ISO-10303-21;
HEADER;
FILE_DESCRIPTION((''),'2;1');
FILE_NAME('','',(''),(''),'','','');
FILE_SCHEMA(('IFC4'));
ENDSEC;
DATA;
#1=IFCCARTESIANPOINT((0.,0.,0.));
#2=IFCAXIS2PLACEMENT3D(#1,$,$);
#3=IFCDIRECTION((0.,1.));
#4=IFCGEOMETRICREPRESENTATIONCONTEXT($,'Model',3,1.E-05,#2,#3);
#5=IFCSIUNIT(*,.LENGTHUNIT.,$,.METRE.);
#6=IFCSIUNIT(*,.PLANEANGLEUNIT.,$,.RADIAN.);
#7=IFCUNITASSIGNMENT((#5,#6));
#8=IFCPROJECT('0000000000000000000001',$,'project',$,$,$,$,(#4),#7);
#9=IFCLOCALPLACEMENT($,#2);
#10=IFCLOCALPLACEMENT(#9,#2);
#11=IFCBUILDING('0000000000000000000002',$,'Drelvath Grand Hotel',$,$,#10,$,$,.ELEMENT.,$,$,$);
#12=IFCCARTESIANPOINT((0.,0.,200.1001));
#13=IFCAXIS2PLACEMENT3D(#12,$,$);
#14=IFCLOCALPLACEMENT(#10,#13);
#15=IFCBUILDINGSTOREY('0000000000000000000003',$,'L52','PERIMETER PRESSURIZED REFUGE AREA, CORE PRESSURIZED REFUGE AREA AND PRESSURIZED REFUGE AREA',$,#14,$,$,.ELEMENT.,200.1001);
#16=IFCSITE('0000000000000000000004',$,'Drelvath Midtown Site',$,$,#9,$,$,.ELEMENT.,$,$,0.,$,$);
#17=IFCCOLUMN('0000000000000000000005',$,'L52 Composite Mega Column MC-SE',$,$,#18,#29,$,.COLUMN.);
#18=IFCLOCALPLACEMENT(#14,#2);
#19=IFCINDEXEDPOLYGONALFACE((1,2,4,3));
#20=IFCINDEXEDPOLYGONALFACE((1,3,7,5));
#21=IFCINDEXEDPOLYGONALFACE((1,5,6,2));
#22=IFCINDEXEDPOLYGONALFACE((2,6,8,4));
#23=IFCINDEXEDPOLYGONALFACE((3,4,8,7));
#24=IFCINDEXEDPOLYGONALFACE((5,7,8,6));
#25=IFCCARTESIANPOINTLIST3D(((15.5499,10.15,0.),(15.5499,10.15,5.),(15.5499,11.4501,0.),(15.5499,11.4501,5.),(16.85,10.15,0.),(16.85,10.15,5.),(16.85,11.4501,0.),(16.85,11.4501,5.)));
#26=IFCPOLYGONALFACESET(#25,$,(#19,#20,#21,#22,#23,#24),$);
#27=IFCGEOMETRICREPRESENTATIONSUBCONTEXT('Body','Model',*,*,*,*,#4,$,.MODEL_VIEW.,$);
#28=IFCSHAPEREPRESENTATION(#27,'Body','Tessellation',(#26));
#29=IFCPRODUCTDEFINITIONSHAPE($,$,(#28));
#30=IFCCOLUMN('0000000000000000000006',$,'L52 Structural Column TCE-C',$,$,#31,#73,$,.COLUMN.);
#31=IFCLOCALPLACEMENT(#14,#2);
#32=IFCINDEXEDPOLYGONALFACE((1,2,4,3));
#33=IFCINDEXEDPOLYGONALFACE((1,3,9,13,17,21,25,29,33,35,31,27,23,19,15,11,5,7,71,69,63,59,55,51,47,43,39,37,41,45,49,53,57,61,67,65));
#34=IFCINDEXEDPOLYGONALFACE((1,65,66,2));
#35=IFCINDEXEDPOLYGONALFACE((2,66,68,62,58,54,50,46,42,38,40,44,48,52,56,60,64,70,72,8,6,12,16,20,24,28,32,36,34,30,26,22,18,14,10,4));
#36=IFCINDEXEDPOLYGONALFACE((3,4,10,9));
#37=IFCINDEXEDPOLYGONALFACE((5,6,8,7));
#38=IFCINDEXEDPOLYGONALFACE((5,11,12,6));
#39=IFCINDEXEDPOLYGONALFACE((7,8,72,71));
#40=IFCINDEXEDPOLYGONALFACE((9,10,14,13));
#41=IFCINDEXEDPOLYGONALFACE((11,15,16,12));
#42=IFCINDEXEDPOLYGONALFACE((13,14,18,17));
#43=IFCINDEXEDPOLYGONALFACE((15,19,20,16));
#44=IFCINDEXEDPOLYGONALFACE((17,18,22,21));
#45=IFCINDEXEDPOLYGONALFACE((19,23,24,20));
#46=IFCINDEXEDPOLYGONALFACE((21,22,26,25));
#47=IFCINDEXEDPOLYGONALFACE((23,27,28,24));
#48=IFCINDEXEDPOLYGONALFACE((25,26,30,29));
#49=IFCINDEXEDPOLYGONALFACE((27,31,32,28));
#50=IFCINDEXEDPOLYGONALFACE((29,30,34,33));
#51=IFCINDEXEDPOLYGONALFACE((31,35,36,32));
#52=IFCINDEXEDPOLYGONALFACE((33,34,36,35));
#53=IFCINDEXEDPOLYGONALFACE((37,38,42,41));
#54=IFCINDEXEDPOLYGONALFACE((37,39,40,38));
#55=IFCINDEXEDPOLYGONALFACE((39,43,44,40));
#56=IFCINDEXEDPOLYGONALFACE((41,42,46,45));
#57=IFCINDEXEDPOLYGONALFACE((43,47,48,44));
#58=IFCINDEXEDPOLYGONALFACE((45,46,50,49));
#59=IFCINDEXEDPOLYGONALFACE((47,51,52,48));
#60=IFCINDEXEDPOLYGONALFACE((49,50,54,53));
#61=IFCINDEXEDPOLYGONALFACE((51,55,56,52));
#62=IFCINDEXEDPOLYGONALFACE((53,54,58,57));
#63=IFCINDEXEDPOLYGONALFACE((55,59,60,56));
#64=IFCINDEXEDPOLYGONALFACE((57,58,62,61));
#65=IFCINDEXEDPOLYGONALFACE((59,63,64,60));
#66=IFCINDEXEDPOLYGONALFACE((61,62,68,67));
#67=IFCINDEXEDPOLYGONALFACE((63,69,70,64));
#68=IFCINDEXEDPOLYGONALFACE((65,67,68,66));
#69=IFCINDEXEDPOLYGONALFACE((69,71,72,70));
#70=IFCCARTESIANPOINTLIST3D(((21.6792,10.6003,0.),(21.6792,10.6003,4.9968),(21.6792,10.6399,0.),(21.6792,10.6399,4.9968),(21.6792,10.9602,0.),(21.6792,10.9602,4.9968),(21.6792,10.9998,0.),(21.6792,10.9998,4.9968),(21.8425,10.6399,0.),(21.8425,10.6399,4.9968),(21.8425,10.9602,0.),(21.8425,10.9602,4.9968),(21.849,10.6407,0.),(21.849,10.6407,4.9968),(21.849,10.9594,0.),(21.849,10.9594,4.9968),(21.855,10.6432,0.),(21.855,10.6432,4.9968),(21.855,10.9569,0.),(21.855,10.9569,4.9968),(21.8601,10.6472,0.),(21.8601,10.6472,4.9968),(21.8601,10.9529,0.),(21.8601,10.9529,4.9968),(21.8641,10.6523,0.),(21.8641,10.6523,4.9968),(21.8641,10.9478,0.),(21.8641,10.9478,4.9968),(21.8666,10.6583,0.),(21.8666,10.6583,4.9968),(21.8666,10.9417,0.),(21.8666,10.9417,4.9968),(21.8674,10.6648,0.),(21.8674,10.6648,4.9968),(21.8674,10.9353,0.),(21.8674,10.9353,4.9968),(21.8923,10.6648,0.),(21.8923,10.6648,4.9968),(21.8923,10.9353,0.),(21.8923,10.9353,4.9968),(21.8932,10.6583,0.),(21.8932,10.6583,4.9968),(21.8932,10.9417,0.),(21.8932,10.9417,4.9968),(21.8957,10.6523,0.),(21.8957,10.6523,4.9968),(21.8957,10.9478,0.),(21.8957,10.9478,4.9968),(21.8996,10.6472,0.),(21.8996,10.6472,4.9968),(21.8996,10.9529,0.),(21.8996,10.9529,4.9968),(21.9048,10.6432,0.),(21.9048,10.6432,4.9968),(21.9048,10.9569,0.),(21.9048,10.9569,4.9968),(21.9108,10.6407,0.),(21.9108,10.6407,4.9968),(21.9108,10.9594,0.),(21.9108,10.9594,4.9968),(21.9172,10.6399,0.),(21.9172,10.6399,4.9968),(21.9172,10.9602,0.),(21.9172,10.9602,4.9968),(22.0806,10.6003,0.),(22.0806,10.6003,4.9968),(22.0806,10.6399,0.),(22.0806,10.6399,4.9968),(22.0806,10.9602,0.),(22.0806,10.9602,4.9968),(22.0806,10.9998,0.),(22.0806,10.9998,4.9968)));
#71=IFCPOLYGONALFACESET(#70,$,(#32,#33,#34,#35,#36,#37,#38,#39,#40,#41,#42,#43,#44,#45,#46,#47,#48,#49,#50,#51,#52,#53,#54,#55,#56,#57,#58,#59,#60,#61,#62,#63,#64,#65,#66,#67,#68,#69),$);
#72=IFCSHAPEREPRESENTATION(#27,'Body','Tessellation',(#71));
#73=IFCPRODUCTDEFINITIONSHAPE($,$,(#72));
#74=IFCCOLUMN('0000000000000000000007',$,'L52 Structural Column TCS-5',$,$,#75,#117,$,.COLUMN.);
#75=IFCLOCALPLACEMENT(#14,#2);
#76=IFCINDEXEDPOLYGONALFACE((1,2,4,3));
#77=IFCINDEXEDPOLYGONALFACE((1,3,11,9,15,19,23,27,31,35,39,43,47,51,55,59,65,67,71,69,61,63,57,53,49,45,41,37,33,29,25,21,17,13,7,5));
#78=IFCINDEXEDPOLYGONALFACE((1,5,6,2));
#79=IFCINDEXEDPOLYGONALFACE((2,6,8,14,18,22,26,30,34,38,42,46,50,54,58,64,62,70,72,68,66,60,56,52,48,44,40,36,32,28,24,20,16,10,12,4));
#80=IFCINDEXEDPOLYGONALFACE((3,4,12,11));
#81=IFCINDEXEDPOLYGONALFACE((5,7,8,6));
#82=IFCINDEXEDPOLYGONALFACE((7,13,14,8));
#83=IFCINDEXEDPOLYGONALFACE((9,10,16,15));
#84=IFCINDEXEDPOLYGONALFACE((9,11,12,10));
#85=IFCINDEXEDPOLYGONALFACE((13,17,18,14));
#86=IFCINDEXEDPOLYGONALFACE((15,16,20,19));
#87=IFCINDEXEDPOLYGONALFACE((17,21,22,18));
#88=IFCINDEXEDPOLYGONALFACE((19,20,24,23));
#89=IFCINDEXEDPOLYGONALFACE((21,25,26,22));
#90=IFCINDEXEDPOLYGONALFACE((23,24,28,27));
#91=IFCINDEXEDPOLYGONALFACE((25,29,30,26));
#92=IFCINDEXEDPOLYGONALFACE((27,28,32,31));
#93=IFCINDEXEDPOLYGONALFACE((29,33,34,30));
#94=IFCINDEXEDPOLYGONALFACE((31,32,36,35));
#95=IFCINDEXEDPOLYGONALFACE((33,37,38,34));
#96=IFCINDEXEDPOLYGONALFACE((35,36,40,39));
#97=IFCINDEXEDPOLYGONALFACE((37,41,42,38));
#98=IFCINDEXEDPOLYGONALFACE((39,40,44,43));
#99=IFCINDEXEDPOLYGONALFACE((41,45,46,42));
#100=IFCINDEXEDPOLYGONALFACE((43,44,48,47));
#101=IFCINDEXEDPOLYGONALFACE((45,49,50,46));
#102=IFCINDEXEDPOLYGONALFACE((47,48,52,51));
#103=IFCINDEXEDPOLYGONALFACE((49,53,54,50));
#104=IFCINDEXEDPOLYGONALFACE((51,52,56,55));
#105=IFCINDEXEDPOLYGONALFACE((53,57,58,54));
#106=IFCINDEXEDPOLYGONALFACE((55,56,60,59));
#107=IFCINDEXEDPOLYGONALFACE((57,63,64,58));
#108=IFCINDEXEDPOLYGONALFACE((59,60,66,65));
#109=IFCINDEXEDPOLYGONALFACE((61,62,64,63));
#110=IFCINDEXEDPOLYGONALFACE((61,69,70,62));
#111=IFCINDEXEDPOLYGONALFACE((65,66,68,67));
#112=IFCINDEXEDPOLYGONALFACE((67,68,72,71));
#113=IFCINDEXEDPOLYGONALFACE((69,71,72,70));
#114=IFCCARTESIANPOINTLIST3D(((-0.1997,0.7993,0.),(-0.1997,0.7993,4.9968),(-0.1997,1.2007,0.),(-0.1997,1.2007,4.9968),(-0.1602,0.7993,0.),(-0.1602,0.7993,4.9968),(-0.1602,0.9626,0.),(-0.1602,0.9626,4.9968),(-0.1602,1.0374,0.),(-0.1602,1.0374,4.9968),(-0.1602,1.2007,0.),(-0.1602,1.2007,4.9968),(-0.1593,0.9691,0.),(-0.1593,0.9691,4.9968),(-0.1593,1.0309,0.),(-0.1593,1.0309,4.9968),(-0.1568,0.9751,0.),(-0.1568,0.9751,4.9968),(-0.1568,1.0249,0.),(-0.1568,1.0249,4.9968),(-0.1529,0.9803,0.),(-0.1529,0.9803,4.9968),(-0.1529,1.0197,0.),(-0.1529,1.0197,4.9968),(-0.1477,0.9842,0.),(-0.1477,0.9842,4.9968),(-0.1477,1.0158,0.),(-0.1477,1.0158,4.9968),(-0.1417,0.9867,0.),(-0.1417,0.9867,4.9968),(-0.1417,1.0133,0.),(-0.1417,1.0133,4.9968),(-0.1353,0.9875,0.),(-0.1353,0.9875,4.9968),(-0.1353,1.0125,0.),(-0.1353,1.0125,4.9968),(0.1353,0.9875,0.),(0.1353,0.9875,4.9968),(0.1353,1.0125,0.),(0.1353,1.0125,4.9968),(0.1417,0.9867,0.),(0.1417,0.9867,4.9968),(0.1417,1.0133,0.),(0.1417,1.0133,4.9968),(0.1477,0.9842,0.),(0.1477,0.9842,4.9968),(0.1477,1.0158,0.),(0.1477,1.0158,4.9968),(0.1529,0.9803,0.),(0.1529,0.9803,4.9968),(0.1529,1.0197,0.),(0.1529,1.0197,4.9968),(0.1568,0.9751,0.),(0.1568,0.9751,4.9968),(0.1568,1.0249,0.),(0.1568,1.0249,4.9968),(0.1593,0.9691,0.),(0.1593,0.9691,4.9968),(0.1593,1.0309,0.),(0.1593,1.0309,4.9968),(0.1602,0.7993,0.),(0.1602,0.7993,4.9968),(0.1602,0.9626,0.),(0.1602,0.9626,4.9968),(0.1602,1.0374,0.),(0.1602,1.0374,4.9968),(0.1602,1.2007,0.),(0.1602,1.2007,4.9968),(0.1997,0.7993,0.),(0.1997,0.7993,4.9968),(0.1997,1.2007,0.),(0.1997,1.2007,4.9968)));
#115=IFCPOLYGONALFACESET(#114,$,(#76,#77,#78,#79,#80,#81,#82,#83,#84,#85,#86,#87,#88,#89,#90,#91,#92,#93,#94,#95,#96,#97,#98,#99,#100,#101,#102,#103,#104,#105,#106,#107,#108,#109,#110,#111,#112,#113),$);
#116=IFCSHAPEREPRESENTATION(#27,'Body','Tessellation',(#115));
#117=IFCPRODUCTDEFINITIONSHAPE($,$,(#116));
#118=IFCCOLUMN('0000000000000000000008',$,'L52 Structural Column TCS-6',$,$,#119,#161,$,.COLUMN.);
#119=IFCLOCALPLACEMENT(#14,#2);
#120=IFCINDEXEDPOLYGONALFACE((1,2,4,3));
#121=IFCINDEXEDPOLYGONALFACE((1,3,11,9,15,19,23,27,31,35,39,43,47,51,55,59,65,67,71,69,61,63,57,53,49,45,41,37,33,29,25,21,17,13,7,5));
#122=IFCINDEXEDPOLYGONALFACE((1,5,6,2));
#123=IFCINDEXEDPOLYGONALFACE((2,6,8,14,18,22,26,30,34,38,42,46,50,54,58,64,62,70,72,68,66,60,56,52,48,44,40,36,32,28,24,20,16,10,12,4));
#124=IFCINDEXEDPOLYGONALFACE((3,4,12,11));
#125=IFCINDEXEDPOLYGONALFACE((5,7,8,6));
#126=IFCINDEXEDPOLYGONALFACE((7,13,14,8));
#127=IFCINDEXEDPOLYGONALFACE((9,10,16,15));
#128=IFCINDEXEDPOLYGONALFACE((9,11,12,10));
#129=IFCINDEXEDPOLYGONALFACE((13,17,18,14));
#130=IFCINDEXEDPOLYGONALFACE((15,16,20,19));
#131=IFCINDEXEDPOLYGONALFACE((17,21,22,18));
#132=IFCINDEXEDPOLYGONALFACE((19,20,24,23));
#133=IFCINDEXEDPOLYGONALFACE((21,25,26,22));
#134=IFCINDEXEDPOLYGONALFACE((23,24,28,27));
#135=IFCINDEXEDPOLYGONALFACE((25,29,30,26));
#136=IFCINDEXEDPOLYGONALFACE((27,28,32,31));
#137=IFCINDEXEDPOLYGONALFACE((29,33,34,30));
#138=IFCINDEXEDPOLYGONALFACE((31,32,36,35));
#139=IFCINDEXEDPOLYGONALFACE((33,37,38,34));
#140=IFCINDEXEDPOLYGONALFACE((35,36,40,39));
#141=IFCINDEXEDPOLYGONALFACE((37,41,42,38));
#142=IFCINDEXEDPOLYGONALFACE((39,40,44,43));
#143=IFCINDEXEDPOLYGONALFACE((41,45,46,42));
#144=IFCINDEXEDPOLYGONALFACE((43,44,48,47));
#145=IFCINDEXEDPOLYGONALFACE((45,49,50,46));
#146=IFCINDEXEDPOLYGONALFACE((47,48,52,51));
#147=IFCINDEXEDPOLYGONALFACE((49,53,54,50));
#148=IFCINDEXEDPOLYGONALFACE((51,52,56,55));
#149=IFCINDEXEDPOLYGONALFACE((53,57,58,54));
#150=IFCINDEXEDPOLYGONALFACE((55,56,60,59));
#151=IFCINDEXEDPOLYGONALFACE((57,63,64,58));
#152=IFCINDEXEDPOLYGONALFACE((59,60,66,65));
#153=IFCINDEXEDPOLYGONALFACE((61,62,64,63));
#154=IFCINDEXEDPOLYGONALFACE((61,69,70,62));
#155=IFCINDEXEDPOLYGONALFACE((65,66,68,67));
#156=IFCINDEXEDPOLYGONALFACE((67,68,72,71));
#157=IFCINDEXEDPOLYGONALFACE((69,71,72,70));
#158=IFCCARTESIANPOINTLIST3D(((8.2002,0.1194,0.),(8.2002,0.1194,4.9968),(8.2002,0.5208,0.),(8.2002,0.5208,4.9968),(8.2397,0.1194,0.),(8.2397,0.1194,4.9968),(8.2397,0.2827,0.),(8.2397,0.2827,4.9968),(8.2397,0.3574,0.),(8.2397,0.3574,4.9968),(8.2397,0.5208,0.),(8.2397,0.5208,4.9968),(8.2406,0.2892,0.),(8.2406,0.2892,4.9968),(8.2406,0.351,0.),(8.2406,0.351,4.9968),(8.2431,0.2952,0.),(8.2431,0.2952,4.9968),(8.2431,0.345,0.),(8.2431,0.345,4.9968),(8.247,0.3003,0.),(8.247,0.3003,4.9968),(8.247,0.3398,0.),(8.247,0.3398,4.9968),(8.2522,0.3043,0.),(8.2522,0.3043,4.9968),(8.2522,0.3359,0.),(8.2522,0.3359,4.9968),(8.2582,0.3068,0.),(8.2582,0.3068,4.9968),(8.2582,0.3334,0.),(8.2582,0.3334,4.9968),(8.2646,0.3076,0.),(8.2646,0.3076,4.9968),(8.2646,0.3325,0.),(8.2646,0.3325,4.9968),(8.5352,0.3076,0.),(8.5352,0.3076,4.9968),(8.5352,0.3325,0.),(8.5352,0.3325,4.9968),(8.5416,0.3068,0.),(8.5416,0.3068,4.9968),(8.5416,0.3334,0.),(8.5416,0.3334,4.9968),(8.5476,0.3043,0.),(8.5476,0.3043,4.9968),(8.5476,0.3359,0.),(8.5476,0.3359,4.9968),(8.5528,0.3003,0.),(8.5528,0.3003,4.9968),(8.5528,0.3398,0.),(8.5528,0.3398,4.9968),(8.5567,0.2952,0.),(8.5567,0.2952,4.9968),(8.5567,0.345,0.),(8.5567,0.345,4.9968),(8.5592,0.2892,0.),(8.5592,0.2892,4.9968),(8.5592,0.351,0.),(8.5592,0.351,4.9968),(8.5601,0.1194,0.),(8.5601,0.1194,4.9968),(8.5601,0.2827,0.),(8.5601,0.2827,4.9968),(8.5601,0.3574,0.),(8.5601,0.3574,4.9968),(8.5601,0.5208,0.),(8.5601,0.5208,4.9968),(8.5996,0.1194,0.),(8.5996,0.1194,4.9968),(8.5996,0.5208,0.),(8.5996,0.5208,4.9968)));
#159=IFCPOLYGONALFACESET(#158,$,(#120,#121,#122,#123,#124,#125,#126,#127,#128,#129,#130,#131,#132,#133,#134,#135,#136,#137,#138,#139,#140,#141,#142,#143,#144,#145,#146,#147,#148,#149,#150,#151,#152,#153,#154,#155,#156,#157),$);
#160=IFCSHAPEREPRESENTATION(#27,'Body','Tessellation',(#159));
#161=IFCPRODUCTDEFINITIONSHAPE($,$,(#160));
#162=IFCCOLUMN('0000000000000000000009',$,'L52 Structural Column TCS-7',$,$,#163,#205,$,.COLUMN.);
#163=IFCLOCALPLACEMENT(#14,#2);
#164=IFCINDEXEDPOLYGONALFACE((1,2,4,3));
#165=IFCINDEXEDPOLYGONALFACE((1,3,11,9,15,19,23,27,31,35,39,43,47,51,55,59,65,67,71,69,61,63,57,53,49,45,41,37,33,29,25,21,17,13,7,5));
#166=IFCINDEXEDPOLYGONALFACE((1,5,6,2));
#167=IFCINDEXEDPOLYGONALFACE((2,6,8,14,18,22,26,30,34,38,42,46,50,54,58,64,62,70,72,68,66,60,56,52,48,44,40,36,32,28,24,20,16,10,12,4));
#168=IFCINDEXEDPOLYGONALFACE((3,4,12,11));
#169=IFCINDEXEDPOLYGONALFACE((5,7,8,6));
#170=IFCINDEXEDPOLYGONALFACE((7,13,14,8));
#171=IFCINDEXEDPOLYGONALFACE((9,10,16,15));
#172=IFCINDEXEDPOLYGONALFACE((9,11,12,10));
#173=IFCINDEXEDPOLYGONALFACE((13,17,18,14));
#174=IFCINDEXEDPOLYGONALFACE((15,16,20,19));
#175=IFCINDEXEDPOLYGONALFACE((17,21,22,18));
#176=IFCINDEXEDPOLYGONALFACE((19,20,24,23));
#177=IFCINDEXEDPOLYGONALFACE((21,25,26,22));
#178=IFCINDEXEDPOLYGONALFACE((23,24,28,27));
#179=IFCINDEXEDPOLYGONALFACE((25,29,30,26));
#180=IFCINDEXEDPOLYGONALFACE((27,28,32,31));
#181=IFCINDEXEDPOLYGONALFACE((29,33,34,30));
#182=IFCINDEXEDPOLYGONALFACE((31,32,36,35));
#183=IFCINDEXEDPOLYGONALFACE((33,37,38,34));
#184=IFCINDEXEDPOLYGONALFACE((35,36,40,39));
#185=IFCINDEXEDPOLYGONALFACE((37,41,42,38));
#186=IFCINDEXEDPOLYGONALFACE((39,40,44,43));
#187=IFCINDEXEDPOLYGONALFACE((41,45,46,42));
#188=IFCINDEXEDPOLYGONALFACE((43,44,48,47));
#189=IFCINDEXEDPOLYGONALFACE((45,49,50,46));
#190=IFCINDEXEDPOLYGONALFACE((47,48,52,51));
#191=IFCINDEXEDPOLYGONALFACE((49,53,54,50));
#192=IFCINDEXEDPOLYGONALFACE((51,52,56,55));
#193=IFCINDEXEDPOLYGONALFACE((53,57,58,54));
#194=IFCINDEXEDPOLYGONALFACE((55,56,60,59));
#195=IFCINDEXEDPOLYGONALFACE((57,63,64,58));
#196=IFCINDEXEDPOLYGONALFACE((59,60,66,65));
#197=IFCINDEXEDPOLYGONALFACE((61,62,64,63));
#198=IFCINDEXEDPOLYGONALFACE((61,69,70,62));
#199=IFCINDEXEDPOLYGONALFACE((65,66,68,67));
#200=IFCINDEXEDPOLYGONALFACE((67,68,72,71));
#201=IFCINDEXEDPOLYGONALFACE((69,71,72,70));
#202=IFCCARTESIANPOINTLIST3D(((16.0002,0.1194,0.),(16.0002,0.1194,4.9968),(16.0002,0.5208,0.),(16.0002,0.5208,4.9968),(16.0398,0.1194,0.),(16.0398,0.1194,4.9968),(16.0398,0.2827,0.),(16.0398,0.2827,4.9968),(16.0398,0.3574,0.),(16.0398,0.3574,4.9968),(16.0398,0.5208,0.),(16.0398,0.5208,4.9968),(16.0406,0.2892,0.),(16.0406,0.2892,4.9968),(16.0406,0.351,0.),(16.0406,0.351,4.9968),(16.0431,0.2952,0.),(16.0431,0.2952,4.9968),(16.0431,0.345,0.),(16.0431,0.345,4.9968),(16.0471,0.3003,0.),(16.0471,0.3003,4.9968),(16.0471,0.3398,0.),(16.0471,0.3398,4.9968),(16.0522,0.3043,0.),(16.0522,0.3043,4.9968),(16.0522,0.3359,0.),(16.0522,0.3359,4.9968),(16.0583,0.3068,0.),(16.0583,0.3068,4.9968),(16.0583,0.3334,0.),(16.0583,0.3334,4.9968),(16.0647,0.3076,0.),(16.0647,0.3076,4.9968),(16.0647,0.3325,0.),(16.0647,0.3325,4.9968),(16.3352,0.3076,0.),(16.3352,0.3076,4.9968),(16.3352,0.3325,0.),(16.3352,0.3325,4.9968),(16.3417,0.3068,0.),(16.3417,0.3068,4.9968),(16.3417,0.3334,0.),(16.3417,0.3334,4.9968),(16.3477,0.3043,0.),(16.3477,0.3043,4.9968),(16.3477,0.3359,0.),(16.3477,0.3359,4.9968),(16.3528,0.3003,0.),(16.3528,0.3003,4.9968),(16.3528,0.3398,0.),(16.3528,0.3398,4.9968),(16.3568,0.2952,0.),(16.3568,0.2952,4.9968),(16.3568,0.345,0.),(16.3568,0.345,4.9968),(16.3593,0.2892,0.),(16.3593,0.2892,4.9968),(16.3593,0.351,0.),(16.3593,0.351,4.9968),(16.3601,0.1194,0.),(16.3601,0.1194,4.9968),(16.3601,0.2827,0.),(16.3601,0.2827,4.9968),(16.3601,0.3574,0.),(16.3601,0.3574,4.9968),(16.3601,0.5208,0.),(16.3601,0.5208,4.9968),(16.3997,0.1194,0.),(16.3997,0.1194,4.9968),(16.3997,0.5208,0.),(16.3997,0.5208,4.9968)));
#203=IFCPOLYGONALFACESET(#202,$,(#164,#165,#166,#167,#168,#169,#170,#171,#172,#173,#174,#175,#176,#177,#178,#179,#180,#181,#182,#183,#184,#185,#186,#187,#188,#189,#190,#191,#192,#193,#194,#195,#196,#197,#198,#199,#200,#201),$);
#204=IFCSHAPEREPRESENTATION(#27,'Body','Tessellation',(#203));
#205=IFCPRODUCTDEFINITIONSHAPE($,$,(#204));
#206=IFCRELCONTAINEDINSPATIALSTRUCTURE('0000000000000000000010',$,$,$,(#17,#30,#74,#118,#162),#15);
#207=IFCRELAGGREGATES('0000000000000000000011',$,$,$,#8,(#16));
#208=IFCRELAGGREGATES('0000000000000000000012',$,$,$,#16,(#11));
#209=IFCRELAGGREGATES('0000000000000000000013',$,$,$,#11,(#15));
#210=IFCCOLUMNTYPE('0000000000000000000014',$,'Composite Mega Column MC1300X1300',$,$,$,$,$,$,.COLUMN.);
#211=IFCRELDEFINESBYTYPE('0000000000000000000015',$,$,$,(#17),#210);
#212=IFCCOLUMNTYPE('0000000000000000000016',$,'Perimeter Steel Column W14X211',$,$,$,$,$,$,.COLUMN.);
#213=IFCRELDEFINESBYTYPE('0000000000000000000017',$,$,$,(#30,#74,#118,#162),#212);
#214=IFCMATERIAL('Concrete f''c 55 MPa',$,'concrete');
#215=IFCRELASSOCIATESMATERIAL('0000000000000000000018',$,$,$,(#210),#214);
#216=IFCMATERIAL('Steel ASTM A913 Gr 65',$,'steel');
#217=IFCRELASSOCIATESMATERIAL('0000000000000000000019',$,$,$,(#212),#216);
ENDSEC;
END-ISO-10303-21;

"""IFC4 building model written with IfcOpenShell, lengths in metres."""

from ifc_helpers import new_model, si_unit, direction, frame, origin, origin_2d, place, context, subcontext, project, spatial, rectangle, i_section, extrude, material, material_profile, profile_set, type_object, element, save


model = new_model("IFC4")

# Units and contexts
model_context = context("Model", 3, precision=1e-05, world=origin(), true_north=direction((0.0, 1.0)))
body_context = subcontext(model_context, "Body", "Model", "MODEL_VIEW")
ifc_project = project(units=[si_unit("LENGTHUNIT", "METRE"), si_unit("PLANEANGLEUNIT", "RADIAN")], contexts=[model_context])

# Site, building, storey
site_placement = place(None, origin())
site = spatial("IfcSite", under=ifc_project, at=site_placement, Name="Drelvath Midtown Site", CompositionType="ELEMENT", RefElevation=0.0)
building_placement = place(site_placement, origin())
building = spatial("IfcBuilding", under=site, at=building_placement, Name="Drelvath Grand Hotel", CompositionType="ELEMENT")
storey_placement = place(building_placement, frame((0.0, 0.0, 200.1001)))
storey = spatial("IfcBuildingStorey", under=building, at=storey_placement, Name="L52", Description="PERIMETER PRESSURIZED REFUGE AREA, CORE PRESSURIZED REFUGE AREA AND PRESSURIZED REFUGE AREA", CompositionType="ELEMENT", Elevation=200.1001)

# Columns
ifc_material_1 = material(Name="Concrete f'c 55 MPa", Category="concrete")
ifc_material_profile_1 = material_profile(ifc_material_1, rectangle(XDim=1.3, YDim=1.3, at=origin_2d()), Name="MC1300X1300")
ifc_profile_set_1 = profile_set([ifc_material_profile_1], Name="Concrete f'c 55 MPa")
column_type_1 = type_object("IfcColumnType", Name="Composite Mega Column MC1300X1300", PredefinedType="COLUMN", material=ifc_profile_set_1)
column_placement = place(storey_placement, frame((16.2, 10.8, 0.0), z_axis=(0.0, 0.0, 1.0), x_axis=(1.0, 0.0, 0.0)))
element("IfcColumn", 1, at=column_placement, inside=storey, type_object=column_type_1, Name="L52 Composite Mega Column MC-SE", PredefinedType="COLUMN", context=body_context, shape_type="SweptSolid", body=[
    extrude(rectangle(XDim=1.3, YDim=1.3, at=origin_2d()), origin(), (0.0, 0.0, 1.0), 5.0),
])
ifc_material_2 = material(Name="Steel ASTM A913 Gr 65", Category="steel")
ifc_material_profile_2 = material_profile(ifc_material_2, i_section(OverallWidth=0.4014, OverallDepth=0.3994, WebThickness=0.0249, FlangeThickness=0.0396, FilletRadius=0.0249, at=origin_2d()), Name="W14X211")
ifc_profile_set_2 = profile_set([ifc_material_profile_2], Name="Steel ASTM A913 Gr 65")
column_type_2 = type_object("IfcColumnType", Name="Perimeter Steel Column W14X211", PredefinedType="COLUMN", material=ifc_profile_set_2)
for number, where, z_axis, x_axis, name in (
    (2, (21.8799, 10.8, 0.0), (0.0, 0.0, 1.0), (1.0, 0.0, 0.0), "L52 Structural Column TCE-C"),
    (3, (0.0, 1.0, 0.0), (0.0, 0.0, 1.0), (0.0, 1.0, 0.0), "L52 Structural Column TCS-5"),
    (4, (8.3999, 0.3201, 0.0), (0.0, 0.0, 1.0), (0.0, 1.0, 0.0), "L52 Structural Column TCS-6"),
    (5, (16.2, 0.3201, 0.0), (0.0, 0.0, 1.0), (0.0, 1.0, 0.0), "L52 Structural Column TCS-7"),
):
    element("IfcColumn", number, at=place(storey_placement, frame(where, z_axis=z_axis, x_axis=x_axis)), inside=storey, type_object=column_type_2, Name=name, PredefinedType="COLUMN", context=body_context, shape_type="SweptSolid", body=[
        extrude(i_section(OverallWidth=0.4014, OverallDepth=0.3994, WebThickness=0.0249, FlangeThickness=0.0396, FilletRadius=0.0249, at=origin_2d()), origin(), (0.0, 0.0, 1.0), 4.9968),
    ])

save(model, "model.ifc")
